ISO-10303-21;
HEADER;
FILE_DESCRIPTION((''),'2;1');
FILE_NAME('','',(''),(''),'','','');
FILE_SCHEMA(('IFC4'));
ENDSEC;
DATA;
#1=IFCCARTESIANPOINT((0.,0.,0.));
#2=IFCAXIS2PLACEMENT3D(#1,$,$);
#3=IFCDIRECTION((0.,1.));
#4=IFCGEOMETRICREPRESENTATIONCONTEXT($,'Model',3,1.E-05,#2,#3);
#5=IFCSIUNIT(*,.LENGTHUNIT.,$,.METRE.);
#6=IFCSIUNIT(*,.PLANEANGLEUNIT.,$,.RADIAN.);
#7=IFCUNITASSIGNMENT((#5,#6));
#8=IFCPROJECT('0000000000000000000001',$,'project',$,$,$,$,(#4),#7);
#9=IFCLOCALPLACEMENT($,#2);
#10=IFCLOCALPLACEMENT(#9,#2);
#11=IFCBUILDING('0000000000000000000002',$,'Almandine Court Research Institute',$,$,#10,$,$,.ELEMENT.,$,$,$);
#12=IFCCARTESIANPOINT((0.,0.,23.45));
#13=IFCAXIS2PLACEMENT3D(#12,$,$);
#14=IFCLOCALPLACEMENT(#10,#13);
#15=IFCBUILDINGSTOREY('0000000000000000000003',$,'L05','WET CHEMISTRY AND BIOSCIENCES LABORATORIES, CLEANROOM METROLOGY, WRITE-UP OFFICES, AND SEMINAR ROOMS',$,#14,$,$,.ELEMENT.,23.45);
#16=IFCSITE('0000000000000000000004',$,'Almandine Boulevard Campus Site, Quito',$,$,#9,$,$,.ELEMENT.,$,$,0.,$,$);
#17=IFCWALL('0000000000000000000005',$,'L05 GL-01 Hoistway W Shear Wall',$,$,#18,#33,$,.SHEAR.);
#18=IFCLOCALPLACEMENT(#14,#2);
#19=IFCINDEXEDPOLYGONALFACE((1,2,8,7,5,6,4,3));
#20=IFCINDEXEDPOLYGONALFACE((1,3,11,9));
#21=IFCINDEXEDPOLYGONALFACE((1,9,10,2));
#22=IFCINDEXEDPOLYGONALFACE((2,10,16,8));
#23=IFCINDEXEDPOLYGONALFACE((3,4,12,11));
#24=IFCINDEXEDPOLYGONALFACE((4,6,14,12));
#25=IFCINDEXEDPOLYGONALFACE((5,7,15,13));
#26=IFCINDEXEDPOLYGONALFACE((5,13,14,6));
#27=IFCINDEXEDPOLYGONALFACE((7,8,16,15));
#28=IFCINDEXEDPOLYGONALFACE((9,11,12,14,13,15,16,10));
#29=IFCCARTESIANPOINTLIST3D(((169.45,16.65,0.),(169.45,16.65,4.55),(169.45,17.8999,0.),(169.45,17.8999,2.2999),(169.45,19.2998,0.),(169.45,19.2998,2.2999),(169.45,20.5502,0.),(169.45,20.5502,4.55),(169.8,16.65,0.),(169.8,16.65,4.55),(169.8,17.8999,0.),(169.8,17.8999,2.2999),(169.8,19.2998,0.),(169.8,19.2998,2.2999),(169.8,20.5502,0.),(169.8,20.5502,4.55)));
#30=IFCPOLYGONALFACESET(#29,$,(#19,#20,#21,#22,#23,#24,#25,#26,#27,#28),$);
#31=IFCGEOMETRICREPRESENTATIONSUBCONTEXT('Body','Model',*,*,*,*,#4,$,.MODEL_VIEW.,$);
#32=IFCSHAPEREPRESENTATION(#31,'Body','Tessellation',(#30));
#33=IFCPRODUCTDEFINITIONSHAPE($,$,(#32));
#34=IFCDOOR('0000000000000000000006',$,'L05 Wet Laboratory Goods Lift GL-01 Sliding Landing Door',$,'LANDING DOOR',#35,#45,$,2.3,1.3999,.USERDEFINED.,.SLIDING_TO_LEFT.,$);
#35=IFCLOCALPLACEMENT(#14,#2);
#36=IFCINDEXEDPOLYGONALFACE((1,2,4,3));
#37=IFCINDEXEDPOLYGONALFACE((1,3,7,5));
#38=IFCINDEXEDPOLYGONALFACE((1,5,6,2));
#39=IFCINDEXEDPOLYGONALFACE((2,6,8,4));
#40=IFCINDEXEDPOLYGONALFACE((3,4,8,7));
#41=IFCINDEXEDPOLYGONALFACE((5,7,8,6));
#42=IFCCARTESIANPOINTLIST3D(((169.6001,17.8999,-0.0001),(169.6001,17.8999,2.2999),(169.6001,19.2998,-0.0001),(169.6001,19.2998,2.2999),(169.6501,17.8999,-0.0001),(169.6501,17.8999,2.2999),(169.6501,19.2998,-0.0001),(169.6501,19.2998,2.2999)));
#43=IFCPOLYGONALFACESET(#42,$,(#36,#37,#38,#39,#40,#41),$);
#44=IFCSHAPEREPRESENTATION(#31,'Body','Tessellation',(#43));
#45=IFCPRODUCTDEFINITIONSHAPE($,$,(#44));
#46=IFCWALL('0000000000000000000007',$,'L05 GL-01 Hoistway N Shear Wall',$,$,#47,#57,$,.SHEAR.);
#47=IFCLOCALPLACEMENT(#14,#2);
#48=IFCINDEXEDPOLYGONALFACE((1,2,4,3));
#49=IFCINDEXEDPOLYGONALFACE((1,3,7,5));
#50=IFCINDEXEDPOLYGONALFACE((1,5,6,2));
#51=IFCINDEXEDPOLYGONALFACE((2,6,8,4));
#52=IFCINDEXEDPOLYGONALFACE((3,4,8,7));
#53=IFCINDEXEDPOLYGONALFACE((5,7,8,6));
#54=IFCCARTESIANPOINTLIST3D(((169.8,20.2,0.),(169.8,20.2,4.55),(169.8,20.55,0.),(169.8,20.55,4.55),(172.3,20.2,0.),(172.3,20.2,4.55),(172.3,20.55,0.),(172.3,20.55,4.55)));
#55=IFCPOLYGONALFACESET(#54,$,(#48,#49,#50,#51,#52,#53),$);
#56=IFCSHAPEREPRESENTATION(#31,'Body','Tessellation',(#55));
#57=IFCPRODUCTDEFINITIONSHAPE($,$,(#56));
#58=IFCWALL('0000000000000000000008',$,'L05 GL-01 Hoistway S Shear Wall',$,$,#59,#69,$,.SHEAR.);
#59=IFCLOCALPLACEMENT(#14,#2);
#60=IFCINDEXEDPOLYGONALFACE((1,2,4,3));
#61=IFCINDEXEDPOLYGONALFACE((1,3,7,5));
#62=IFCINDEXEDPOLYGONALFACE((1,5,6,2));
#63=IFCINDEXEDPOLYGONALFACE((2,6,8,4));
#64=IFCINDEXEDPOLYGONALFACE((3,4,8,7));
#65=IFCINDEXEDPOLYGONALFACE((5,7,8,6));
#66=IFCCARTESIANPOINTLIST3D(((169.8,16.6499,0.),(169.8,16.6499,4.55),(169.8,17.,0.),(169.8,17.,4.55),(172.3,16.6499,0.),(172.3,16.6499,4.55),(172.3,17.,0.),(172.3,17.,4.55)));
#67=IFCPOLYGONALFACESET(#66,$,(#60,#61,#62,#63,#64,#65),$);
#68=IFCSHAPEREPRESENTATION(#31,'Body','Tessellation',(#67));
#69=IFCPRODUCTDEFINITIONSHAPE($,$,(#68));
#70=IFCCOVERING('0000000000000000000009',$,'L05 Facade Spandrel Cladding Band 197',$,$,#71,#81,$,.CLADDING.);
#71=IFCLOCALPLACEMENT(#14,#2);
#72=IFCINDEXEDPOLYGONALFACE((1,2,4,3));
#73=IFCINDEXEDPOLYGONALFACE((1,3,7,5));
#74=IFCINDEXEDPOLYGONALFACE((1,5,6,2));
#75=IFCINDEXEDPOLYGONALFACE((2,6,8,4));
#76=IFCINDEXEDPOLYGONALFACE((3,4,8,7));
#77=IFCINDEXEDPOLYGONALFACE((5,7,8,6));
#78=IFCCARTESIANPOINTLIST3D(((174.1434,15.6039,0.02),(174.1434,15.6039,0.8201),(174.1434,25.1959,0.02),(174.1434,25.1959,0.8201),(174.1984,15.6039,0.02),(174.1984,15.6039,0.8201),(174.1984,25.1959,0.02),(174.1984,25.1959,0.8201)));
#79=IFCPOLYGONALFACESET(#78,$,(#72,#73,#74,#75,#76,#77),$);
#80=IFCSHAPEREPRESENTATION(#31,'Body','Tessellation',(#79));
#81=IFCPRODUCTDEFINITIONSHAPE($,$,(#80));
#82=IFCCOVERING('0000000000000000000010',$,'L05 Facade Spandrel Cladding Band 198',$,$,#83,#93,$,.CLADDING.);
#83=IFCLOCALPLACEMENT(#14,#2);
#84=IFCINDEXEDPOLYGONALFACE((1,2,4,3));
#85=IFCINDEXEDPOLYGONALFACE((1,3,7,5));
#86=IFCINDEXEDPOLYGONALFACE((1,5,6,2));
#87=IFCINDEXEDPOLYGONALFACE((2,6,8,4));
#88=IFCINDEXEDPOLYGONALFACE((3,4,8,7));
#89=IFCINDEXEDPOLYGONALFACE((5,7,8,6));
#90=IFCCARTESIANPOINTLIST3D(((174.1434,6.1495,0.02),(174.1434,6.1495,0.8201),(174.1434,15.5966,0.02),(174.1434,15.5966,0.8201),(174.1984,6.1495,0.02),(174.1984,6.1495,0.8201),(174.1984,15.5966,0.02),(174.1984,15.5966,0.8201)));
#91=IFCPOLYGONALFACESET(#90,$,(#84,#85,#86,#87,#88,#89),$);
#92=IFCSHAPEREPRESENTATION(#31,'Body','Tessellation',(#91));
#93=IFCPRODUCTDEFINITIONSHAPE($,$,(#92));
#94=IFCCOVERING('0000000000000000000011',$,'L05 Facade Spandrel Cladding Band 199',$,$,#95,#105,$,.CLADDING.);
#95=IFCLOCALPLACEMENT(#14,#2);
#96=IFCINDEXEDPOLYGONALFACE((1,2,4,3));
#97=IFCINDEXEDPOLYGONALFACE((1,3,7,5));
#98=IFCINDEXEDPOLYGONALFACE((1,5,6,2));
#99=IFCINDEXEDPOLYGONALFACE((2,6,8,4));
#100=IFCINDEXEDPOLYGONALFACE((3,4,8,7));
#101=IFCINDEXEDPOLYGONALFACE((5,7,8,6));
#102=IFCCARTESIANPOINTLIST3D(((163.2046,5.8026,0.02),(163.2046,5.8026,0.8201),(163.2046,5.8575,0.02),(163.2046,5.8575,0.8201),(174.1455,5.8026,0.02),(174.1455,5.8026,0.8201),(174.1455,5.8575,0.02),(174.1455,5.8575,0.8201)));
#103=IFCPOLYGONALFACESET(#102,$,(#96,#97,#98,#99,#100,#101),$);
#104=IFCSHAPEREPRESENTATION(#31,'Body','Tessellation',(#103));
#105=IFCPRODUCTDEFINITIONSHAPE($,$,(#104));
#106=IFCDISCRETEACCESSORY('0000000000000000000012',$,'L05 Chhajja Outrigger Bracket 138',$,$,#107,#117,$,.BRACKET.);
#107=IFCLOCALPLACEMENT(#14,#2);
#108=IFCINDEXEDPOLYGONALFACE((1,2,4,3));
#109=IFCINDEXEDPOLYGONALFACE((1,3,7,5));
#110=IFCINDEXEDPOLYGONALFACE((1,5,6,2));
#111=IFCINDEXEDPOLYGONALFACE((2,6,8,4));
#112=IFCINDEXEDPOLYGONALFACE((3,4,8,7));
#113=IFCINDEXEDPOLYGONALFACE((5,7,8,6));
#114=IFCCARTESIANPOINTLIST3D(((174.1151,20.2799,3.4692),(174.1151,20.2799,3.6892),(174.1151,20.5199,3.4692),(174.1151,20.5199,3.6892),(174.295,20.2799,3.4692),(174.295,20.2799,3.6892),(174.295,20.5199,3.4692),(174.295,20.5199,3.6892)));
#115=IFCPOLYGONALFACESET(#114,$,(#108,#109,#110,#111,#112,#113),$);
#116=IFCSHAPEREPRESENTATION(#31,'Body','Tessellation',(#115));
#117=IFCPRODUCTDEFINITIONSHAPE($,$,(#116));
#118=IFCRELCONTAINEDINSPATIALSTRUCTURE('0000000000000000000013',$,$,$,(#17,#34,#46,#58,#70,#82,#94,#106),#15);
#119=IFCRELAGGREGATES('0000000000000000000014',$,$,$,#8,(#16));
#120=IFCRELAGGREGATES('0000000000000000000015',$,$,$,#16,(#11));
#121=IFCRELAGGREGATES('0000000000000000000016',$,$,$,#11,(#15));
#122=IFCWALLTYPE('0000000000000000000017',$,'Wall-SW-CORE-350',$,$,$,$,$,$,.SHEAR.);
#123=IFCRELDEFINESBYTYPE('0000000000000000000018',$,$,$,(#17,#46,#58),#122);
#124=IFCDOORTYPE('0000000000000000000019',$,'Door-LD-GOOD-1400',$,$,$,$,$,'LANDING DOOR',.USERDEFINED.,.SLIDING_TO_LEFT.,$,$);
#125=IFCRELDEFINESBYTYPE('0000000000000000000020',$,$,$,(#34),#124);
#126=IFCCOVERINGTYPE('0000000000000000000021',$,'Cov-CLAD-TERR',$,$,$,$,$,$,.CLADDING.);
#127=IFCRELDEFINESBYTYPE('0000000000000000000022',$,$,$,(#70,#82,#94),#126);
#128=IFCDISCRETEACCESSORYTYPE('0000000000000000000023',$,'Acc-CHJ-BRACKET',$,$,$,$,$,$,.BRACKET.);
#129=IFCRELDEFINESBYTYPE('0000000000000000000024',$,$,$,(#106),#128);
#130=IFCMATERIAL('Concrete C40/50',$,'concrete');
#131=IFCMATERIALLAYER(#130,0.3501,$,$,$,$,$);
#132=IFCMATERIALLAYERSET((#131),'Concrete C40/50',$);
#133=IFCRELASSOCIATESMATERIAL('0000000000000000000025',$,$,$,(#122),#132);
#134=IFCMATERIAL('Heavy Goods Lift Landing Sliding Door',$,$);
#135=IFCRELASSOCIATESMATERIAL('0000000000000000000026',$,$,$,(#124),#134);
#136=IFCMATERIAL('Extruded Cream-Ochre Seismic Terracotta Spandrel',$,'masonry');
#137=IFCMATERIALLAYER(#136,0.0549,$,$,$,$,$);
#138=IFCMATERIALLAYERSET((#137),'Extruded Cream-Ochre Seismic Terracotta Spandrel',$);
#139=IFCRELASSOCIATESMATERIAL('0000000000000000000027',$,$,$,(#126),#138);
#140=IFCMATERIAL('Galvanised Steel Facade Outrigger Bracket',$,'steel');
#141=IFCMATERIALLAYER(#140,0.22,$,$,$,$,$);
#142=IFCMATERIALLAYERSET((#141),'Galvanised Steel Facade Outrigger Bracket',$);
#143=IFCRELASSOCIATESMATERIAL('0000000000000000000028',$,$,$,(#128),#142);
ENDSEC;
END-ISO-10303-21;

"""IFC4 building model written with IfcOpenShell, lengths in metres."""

from ifc_helpers import new_model, si_unit, direction, frame, frame_2d, origin, origin_2d, place, context, subcontext, project, spatial, rectangle, extrude, material, layer, layer_set, type_object, element, fill, save


model = new_model("IFC4")

# Units and contexts
model_context = context("Model", 3, precision=1e-05, world=origin(), true_north=direction((0.0, 1.0)))
body_context = subcontext(model_context, "Body", "Model", "MODEL_VIEW")
ifc_project = project(units=[si_unit("LENGTHUNIT", "METRE"), si_unit("PLANEANGLEUNIT", "RADIAN")], contexts=[model_context])

# Site, building, storey
site_placement = place(None, origin())
site = spatial("IfcSite", under=ifc_project, at=site_placement, Name="Almandine Boulevard Campus Site, Quito", CompositionType="ELEMENT", RefElevation=0.0)
building_placement = place(site_placement, origin())
building = spatial("IfcBuilding", under=site, at=building_placement, Name="Almandine Court Research Institute", CompositionType="ELEMENT")
storey_placement = place(building_placement, frame((0.0, 0.0, 23.45)))
storey = spatial("IfcBuildingStorey", under=building, at=storey_placement, Name="L05", Description="WET CHEMISTRY AND BIOSCIENCES LABORATORIES, CLEANROOM METROLOGY, WRITE-UP OFFICES, AND SEMINAR ROOMS", CompositionType="ELEMENT", Elevation=23.45)

# Wall, opening, door
ifc_material_1 = material(Name="Concrete C40/50", Category="concrete")
ifc_layer_1 = layer(ifc_material_1, 0.3501)
ifc_layer_set_1 = layer_set([ifc_layer_1], Name="Concrete C40/50")
wall_type_1 = type_object("IfcWallType", Name="Wall-SW-CORE-350", PredefinedType="SHEAR", material=ifc_layer_set_1)
wall_1_placement = place(storey_placement, frame((169.625, 16.6499, 0.0), z_axis=(0.0, 0.0, 1.0), x_axis=(0.0, 1.0, 0.0)))
wall_1 = element("IfcWall", 1, at=wall_1_placement, inside=storey, type_object=wall_type_1, Name="L05 GL-01 Hoistway W Shear Wall", PredefinedType="SHEAR", context=body_context, shape_type="SweptSolid", body=[
    extrude(rectangle(XDim=3.9001, YDim=0.3501, at=frame_2d((1.9502, 0.0))), origin(), (0.0, 0.0, 1.0), 4.55),
])
opening_1_placement = place(wall_1_placement, frame((1.25, 0.0, 0.0)))
opening_1 = element("IfcOpeningElement", 2, at=opening_1_placement, cuts=wall_1, PredefinedType="OPENING", context=body_context, shape_type="SweptSolid", body=[
    extrude(rectangle(XDim=1.3999, YDim=2.3, at=frame_2d((0.7, 1.1499))), frame((0.0, 0.1851, 0.0), z_axis=(0.0, -1.0, 0.0), x_axis=(1.0, 0.0, 0.0)), (0.0, 0.0, 1.0), 0.3701),
])
ifc_material_2 = material(Name="Heavy Goods Lift Landing Sliding Door")
door_type = type_object("IfcDoorType", Name="Door-LD-GOOD-1400", ElementType="LANDING DOOR", OperationType="SLIDING_TO_LEFT", PredefinedType="USERDEFINED", material=ifc_material_2)
door_placement = place(opening_1_placement, origin())
door = element("IfcDoor", 3, at=door_placement, inside=storey, type_object=door_type, Name="L05 Wet Laboratory Goods Lift GL-01 Sliding Landing Door", ObjectType="LANDING DOOR", OperationType="SLIDING_TO_LEFT", OverallHeight=2.3, OverallWidth=1.3999, PredefinedType="USERDEFINED", context=body_context, shape_type="SweptSolid", body=[
    extrude(rectangle(XDim=1.3999, YDim=2.3, at=frame_2d((0.7, 1.1499))), frame((0.0, 0.0249, 0.0), z_axis=(0.0, -1.0, 0.0), x_axis=(1.0, 0.0, 0.0)), (0.0, 0.0, 1.0), 0.05),
])
fill(opening_1, door)

# Walls
for number, where, z_axis, x_axis, name in (
    (4, (169.8, 20.375, 0.0), (0.0, 0.0, 1.0), (1.0, 0.0, 0.0), "L05 GL-01 Hoistway N Shear Wall"),
    (5, (172.3, 16.825, 0.0), (0.0, 0.0, 1.0), (-1.0, 0.0, 0.0), "L05 GL-01 Hoistway S Shear Wall"),
):
    element("IfcWall", number, at=place(storey_placement, frame(where, z_axis=z_axis, x_axis=x_axis)), inside=storey, type_object=wall_type_1, Name=name, PredefinedType="SHEAR", context=body_context, shape_type="SweptSolid", body=[
        extrude(rectangle(XDim=2.5, YDim=0.3501, at=frame_2d((1.25, 0.0))), origin(), (0.0, 0.0, 1.0), 4.55),
    ])

# Coverings
ifc_material_3 = material(Name="Extruded Cream-Ochre Seismic Terracotta Spandrel", Category="masonry")
ifc_layer_2 = layer(ifc_material_3, 0.0549)
ifc_layer_set_2 = layer_set([ifc_layer_2], Name="Extruded Cream-Ochre Seismic Terracotta Spandrel")
covering_type = type_object("IfcCoveringType", Name="Cov-CLAD-TERR", PredefinedType="CLADDING", material=ifc_layer_set_2)
covering_1_placement = place(storey_placement, frame((174.1709, 20.3999, 0.02), z_axis=(0.0, 0.0, 1.0), x_axis=(0.0, -1.0, 0.0)))
element("IfcCovering", 6, at=covering_1_placement, inside=storey, type_object=covering_type, Name="L05 Facade Spandrel Cladding Band 197", PredefinedType="CLADDING", context=body_context, shape_type="SweptSolid", body=[
    extrude(rectangle(XDim=9.592, YDim=0.0549, at=origin_2d()), origin(), (0.0, 0.0, 1.0), 0.8),
])
covering_2_placement = place(storey_placement, frame((174.1709, 10.873, 0.02), z_axis=(0.0, 0.0, 1.0), x_axis=(0.0, -1.0, 0.0)))
element("IfcCovering", 7, at=covering_2_placement, inside=storey, type_object=covering_type, Name="L05 Facade Spandrel Cladding Band 198", PredefinedType="CLADDING", context=body_context, shape_type="SweptSolid", body=[
    extrude(rectangle(XDim=9.447, YDim=0.0549, at=origin_2d()), origin(), (0.0, 0.0, 1.0), 0.8),
])
covering_3_placement = place(storey_placement, frame((168.675, 5.8301, 0.02), z_axis=(0.0, 0.0, 1.0), x_axis=(-1.0, 0.0, 0.0)))
element("IfcCovering", 8, at=covering_3_placement, inside=storey, type_object=covering_type, Name="L05 Facade Spandrel Cladding Band 199", PredefinedType="CLADDING", context=body_context, shape_type="SweptSolid", body=[
    extrude(rectangle(XDim=10.9409, YDim=0.0549, at=origin_2d()), origin(), (0.0, 0.0, 1.0), 0.8),
])

# Discrete accessory
ifc_material_4 = material(Name="Galvanised Steel Facade Outrigger Bracket", Category="steel")
ifc_layer_3 = layer(ifc_material_4, 0.22)
ifc_layer_set_3 = layer_set([ifc_layer_3], Name="Galvanised Steel Facade Outrigger Bracket")
discrete_accessory_type = type_object("IfcDiscreteAccessoryType", Name="Acc-CHJ-BRACKET", PredefinedType="BRACKET", material=ifc_layer_set_3)
discrete_accessory_placement = place(storey_placement, frame((174.2051, 20.3999, 3.4692), z_axis=(0.0, 0.0, 1.0), x_axis=(0.0, -1.0, 0.0)))
element("IfcDiscreteAccessory", 9, at=discrete_accessory_placement, inside=storey, type_object=discrete_accessory_type, Name="L05 Chhajja Outrigger Bracket 138", PredefinedType="BRACKET", context=body_context, shape_type="SweptSolid", body=[
    extrude(rectangle(XDim=0.24, YDim=0.1799, at=origin_2d()), origin(), (0.0, 0.0, 1.0), 0.22),
])

save(model, "model.ifc")
